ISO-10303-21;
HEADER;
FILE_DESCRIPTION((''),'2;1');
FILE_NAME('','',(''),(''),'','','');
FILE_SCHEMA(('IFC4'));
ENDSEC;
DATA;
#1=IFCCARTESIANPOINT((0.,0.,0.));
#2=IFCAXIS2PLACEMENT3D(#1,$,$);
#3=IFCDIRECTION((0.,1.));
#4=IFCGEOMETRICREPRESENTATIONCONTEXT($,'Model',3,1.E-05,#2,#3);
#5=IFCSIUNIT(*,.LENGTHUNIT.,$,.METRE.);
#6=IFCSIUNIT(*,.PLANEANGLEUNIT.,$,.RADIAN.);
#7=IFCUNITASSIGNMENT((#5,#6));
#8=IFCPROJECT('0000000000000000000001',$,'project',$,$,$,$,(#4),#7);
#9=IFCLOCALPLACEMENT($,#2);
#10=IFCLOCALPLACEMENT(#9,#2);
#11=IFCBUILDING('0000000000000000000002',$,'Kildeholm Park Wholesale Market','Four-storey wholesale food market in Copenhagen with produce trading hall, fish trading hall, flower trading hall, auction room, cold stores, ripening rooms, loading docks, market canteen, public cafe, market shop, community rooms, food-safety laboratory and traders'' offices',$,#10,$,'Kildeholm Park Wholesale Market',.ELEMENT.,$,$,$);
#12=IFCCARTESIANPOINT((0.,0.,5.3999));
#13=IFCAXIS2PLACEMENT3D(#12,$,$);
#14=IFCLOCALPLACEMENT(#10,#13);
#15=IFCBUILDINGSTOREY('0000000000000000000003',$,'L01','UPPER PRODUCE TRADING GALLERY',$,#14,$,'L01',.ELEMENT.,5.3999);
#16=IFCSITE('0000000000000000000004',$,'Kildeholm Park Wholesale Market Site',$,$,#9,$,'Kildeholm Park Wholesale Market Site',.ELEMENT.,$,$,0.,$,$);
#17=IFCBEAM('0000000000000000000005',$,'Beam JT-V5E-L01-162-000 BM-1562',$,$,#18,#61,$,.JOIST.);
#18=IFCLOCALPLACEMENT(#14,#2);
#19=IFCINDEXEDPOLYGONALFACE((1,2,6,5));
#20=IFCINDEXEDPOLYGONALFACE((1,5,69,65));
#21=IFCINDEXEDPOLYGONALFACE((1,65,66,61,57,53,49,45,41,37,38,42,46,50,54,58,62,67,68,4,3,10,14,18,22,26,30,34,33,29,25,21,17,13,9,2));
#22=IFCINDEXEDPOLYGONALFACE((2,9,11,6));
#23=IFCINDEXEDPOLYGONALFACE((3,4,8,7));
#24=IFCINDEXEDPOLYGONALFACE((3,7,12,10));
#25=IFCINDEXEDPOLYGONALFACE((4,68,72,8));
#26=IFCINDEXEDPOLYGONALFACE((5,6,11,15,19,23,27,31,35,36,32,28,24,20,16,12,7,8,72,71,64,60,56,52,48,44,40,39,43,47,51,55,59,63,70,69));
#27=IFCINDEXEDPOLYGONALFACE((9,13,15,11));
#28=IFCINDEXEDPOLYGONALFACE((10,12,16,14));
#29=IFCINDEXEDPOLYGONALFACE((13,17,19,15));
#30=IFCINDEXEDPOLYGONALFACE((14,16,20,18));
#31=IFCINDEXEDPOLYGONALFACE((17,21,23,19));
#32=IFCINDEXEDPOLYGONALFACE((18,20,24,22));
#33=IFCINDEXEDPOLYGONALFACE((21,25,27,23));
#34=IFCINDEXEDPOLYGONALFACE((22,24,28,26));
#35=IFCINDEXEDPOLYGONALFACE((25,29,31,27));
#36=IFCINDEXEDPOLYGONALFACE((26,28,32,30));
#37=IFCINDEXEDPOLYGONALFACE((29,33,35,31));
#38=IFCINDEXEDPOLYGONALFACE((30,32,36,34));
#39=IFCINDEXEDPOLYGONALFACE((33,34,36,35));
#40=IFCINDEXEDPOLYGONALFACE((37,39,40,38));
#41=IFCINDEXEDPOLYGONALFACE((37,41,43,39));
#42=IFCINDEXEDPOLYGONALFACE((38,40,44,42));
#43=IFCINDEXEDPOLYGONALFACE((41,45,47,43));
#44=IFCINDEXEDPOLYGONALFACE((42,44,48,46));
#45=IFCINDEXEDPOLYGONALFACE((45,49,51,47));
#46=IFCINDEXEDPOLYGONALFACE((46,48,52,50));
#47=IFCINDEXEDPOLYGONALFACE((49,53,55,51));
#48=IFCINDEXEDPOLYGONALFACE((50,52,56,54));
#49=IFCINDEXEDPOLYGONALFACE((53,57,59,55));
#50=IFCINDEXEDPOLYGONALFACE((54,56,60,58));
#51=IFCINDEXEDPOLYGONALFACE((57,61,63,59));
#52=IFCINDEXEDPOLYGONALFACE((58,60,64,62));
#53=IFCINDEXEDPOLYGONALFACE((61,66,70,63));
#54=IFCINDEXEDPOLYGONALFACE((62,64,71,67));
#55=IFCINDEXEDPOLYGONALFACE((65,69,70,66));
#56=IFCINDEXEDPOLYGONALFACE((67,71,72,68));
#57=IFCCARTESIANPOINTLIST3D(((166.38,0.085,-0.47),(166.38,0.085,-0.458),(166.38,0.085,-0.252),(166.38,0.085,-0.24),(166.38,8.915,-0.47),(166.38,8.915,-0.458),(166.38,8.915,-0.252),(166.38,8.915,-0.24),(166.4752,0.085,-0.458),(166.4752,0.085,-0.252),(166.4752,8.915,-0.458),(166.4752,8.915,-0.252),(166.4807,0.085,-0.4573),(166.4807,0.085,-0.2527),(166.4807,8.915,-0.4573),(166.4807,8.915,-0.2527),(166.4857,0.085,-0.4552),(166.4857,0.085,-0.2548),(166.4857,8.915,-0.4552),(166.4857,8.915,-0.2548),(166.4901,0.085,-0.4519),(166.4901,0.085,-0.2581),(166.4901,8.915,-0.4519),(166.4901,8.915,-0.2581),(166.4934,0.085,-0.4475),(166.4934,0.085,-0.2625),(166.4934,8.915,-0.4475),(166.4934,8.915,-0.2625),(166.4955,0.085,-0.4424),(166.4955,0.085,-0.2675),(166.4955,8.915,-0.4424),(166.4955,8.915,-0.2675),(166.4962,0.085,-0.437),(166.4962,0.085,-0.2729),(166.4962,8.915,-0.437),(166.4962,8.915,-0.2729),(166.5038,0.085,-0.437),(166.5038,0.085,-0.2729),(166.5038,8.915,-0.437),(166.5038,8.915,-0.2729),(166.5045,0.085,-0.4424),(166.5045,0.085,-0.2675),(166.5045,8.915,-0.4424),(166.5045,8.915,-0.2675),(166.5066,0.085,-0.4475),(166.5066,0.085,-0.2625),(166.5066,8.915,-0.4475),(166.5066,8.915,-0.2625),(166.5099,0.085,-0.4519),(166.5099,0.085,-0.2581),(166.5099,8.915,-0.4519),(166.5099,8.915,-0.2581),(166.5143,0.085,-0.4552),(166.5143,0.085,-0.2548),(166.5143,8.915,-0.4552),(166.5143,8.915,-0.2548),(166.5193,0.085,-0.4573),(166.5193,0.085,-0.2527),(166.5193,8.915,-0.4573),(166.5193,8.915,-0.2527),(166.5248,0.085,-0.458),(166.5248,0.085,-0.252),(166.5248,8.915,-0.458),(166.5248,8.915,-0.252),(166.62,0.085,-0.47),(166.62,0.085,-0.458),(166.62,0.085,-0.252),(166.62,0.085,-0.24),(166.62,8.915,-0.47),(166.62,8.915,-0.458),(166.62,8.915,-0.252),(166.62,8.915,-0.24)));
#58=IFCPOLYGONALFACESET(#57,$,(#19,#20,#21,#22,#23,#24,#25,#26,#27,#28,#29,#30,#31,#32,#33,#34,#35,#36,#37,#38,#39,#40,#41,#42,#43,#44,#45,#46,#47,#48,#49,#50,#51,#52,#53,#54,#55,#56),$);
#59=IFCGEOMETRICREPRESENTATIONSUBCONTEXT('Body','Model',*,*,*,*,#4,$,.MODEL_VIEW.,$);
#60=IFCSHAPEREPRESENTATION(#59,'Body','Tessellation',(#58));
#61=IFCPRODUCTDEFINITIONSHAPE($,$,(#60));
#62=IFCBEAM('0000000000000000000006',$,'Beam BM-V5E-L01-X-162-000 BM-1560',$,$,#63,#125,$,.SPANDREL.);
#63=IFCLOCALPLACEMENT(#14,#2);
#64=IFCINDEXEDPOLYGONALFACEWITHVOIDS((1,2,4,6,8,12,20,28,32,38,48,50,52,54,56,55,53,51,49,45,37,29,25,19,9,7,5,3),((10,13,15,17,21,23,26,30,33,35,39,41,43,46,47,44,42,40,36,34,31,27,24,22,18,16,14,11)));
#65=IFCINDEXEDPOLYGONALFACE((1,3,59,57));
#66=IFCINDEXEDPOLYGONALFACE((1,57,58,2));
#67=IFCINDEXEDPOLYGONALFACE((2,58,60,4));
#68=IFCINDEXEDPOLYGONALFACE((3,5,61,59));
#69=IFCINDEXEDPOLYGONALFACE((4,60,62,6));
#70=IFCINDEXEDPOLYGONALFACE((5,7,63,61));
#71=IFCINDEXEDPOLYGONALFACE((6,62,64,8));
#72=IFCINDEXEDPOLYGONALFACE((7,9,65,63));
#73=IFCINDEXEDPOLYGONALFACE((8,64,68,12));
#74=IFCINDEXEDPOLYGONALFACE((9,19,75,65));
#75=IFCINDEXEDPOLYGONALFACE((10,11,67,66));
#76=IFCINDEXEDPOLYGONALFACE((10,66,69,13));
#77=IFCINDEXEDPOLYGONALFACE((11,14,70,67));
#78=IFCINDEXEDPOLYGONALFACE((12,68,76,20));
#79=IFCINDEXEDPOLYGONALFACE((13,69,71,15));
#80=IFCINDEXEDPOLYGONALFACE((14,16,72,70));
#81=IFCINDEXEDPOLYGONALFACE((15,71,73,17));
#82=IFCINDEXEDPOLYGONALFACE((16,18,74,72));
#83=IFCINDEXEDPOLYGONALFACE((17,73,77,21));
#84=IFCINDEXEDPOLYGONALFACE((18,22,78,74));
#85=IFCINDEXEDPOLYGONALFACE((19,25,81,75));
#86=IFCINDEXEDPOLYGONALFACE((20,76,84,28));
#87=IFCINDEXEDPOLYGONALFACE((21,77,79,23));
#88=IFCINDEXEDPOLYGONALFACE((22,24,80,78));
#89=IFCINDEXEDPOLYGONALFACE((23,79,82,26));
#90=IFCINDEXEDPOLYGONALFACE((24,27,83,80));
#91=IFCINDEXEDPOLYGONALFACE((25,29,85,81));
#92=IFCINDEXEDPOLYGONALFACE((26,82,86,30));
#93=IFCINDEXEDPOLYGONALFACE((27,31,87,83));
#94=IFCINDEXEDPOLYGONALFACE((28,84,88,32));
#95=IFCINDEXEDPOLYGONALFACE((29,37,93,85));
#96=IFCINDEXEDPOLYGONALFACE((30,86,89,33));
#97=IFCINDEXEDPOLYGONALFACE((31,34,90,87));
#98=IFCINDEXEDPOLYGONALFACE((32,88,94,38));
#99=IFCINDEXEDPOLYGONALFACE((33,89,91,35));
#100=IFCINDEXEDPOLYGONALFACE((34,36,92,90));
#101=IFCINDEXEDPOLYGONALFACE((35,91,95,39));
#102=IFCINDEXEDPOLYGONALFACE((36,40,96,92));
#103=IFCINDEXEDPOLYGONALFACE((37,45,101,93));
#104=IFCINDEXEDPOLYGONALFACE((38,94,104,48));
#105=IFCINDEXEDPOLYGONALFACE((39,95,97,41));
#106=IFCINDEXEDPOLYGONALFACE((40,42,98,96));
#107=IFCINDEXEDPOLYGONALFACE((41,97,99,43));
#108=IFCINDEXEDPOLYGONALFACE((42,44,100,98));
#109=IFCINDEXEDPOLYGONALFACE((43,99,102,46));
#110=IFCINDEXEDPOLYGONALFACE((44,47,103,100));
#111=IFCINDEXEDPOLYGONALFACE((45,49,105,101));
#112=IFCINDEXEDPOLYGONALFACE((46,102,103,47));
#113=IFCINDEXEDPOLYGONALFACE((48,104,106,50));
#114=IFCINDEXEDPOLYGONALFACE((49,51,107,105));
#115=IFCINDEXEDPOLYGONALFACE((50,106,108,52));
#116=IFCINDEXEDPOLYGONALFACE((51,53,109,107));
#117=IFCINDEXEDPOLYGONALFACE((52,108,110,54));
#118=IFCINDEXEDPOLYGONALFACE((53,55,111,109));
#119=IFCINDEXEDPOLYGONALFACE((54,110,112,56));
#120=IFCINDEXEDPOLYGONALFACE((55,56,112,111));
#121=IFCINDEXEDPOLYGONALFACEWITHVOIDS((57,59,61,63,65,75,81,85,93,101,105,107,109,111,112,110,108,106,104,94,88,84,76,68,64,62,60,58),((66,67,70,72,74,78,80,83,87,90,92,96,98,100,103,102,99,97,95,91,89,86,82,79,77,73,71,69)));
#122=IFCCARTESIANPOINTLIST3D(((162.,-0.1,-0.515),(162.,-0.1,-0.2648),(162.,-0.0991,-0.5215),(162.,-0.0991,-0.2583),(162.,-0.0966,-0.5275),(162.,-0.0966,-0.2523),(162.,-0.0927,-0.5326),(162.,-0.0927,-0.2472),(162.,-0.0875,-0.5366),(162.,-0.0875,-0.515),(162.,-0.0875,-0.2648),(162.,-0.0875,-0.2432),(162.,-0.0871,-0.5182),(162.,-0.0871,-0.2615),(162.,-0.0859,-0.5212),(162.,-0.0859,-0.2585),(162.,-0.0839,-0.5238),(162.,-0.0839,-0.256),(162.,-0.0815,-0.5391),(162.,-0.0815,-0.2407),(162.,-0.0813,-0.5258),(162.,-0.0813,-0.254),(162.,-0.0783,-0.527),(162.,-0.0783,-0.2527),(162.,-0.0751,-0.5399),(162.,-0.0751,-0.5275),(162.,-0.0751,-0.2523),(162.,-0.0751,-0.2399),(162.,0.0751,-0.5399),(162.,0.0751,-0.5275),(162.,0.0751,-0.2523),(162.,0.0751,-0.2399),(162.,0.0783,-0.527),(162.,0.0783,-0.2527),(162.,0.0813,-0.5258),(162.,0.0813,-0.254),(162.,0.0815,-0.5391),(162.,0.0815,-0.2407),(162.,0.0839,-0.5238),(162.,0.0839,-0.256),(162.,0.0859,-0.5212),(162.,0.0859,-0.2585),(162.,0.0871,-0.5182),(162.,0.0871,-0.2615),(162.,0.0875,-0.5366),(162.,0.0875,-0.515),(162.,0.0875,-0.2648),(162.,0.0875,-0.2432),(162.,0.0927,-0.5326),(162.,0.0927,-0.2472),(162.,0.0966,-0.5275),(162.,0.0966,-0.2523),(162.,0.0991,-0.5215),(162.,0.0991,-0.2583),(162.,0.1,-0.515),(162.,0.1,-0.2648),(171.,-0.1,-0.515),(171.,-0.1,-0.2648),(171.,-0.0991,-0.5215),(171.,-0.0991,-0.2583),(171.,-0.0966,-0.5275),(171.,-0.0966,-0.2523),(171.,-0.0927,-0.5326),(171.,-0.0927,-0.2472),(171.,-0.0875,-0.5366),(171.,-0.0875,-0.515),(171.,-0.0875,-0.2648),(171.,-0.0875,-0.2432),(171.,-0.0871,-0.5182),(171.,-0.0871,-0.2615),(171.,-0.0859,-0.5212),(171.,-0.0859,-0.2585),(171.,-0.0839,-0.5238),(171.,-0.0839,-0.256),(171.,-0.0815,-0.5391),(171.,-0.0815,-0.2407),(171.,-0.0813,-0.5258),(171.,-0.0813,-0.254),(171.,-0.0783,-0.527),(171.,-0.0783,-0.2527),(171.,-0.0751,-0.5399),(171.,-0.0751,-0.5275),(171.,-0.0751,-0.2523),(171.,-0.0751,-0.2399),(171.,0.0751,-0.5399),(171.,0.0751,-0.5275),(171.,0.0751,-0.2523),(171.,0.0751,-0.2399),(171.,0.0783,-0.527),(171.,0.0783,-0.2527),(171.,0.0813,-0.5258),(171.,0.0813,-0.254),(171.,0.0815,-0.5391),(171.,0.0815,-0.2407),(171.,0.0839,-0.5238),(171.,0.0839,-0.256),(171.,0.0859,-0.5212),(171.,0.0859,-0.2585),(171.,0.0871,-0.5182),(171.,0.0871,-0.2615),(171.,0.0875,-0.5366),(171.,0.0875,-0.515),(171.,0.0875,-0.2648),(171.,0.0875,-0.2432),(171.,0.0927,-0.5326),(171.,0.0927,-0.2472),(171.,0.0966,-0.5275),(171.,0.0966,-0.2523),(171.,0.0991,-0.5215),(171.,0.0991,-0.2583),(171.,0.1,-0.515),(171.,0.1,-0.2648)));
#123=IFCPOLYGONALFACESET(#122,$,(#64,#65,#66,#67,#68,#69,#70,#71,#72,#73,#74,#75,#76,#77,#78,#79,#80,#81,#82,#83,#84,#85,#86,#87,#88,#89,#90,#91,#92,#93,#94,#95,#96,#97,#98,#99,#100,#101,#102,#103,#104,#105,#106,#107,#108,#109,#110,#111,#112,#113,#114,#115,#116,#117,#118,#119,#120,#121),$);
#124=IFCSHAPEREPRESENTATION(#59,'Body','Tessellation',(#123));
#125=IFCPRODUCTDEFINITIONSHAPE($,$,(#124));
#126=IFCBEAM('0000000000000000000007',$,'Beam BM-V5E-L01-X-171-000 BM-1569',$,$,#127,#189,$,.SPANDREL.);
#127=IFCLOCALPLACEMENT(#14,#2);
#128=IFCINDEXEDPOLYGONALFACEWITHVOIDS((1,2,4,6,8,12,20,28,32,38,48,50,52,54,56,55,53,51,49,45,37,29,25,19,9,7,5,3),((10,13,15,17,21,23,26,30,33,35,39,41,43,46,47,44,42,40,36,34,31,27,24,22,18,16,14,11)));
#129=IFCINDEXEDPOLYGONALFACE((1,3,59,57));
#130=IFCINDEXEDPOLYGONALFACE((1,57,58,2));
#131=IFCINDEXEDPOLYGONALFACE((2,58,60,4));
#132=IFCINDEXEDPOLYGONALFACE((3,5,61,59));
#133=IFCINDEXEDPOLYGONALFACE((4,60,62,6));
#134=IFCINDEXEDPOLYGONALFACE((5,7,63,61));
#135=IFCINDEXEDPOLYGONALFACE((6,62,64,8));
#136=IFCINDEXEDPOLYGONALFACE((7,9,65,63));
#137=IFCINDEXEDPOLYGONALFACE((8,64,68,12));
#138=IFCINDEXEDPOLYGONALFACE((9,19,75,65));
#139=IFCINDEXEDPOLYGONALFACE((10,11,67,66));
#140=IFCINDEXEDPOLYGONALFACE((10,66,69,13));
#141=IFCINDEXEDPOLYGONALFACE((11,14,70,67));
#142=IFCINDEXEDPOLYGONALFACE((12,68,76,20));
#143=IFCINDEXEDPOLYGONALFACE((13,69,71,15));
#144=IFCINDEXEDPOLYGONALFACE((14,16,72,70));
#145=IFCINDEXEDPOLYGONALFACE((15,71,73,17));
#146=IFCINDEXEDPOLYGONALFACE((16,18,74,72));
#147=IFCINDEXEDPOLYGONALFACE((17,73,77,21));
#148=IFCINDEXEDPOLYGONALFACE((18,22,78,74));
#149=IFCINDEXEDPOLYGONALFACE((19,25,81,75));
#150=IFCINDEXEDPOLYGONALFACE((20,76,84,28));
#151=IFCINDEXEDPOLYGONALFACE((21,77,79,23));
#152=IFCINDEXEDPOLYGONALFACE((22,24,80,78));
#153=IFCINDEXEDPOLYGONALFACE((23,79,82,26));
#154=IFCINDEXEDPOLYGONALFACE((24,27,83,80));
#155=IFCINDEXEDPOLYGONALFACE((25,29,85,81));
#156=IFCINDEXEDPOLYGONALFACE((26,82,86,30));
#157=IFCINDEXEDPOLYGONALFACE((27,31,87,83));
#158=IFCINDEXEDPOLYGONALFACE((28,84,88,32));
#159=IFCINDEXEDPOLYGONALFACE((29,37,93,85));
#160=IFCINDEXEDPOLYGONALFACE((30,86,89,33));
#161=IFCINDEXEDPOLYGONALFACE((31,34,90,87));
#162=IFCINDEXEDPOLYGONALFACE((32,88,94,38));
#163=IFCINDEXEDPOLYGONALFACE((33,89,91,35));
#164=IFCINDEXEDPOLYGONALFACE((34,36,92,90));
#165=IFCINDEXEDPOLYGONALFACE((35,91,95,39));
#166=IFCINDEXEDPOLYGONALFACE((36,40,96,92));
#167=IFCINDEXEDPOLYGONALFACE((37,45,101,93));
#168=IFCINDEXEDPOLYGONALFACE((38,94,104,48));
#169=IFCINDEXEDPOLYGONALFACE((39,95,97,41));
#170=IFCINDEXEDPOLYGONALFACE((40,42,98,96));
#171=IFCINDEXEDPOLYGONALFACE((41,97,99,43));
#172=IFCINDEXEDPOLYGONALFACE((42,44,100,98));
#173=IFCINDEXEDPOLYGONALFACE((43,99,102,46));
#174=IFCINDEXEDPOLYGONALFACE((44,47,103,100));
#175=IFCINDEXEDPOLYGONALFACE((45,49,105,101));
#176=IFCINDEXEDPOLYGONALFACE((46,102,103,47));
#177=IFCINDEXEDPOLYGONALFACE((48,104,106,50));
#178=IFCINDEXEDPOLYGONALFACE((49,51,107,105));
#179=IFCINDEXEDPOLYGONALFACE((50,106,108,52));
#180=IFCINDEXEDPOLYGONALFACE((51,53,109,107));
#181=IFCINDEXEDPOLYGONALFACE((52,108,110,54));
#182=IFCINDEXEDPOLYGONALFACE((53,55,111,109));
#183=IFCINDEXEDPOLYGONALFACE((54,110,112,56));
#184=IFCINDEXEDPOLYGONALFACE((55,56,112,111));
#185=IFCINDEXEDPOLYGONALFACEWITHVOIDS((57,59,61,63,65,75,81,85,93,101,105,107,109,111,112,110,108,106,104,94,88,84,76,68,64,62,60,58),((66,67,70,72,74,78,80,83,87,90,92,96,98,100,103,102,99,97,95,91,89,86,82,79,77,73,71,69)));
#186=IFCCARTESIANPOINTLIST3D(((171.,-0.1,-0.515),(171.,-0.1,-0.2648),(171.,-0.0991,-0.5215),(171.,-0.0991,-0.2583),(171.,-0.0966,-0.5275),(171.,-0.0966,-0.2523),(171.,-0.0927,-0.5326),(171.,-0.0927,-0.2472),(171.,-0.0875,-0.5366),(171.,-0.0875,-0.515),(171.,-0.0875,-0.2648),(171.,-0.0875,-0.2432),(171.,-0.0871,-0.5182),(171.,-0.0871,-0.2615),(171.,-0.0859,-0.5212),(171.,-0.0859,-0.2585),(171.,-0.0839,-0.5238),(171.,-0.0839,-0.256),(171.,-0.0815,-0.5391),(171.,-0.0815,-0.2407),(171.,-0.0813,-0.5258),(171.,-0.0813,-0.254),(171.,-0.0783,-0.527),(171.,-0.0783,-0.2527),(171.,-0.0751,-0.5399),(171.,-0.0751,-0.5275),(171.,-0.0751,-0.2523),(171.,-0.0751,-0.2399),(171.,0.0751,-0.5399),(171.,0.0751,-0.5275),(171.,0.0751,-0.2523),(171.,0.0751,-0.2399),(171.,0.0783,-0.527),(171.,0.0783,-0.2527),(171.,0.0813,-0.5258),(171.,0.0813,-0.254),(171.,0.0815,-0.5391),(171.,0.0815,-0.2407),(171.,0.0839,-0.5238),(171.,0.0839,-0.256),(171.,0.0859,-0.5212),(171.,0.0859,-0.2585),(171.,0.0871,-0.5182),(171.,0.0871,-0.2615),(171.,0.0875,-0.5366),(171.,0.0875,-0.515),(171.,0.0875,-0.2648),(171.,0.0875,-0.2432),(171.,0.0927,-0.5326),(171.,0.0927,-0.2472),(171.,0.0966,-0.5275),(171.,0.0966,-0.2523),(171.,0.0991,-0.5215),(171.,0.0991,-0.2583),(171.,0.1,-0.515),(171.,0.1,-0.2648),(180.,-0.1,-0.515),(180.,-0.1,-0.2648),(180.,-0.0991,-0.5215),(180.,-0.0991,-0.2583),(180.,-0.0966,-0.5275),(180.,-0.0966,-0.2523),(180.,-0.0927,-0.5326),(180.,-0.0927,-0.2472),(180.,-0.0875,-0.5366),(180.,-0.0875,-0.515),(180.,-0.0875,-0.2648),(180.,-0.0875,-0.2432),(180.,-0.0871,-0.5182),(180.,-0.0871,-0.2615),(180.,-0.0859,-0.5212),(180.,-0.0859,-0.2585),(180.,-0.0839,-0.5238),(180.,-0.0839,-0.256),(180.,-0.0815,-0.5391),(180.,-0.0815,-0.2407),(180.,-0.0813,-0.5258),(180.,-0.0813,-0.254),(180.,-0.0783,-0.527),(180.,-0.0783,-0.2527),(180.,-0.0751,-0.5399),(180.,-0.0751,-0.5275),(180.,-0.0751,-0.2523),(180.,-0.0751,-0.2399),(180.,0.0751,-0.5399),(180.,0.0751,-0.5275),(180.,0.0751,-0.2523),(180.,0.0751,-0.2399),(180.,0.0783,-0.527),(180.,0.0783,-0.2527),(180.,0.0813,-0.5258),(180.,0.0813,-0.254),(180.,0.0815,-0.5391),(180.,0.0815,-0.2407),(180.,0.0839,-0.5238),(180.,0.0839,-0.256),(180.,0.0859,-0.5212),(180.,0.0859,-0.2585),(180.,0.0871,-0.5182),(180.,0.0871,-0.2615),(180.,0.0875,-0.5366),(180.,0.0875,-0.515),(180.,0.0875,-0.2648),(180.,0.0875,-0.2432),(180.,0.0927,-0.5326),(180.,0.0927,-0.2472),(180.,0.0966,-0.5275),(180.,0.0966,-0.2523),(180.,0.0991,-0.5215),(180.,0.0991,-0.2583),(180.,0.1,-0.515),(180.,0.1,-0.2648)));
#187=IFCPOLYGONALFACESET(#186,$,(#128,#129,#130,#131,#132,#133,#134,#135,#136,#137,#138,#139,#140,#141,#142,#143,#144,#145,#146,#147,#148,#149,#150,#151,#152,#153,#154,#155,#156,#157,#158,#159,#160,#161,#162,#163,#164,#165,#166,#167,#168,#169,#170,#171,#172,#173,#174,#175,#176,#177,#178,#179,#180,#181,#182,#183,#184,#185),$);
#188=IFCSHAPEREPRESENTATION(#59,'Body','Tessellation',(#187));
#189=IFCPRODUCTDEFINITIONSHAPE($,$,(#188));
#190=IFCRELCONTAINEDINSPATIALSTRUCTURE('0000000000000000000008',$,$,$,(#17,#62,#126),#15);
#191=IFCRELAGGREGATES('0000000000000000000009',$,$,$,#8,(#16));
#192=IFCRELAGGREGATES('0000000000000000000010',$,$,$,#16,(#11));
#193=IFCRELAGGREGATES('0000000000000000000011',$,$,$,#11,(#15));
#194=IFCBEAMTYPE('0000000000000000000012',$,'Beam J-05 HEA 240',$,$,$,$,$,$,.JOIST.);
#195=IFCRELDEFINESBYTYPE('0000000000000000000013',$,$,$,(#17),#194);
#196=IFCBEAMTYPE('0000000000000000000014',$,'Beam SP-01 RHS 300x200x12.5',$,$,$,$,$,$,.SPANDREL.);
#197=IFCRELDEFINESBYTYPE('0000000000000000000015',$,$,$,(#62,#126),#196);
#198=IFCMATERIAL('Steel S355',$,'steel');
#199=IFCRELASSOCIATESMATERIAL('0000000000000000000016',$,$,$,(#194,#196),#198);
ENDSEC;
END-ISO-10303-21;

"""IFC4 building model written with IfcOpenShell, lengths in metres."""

from ifc_helpers import new_model, si_unit, direction, frame, origin, origin_2d, place, context, subcontext, project, spatial, hollow_rectangle, i_section, extrude, material, material_profile, profile_set, type_object, element, save


model = new_model("IFC4")

# Units and contexts
model_context = context("Model", 3, precision=1e-05, world=origin(), true_north=direction((0.0, 1.0)))
body_context = subcontext(model_context, "Body", "Model", "MODEL_VIEW")
ifc_project = project(units=[si_unit("LENGTHUNIT", "METRE"), si_unit("PLANEANGLEUNIT", "RADIAN")], contexts=[model_context])

# Site, building, storey
site_placement = place(None, origin())
site = spatial("IfcSite", under=ifc_project, at=site_placement, Name="Kildeholm Park Wholesale Market Site", LongName="Kildeholm Park Wholesale Market Site", CompositionType="ELEMENT", RefElevation=0.0)
building_placement = place(site_placement, origin())
building = spatial("IfcBuilding", under=site, at=building_placement, Name="Kildeholm Park Wholesale Market", Description="Four-storey wholesale food market in Copenhagen with produce trading hall, fish trading hall, flower trading hall, auction room, cold stores, ripening rooms, loading docks, market canteen, public cafe, market shop, community rooms, food-safety laboratory and traders' offices", LongName="Kildeholm Park Wholesale Market", CompositionType="ELEMENT")
storey_placement = place(building_placement, frame((0.0, 0.0, 5.3999)))
storey = spatial("IfcBuildingStorey", under=building, at=storey_placement, Name="L01", Description="UPPER PRODUCE TRADING GALLERY", LongName="L01", CompositionType="ELEMENT", Elevation=5.3999)

# Shared definitions
ifc_material_1 = material(Name="Steel S355", Category="steel")

# Beams
ifc_material_profile_1 = material_profile(ifc_material_1, i_section(OverallWidth=0.24, OverallDepth=0.23, WebThickness=0.0076, FlangeThickness=0.012, FilletRadius=0.021, at=origin_2d()), Name="HEA 240")
ifc_profile_set_1 = profile_set([ifc_material_profile_1], Name="Steel S355")
beam_type_1 = type_object("IfcBeamType", Name="Beam J-05 HEA 240", PredefinedType="JOIST", material=ifc_profile_set_1)
beam_placement = place(storey_placement, frame((166.5, 0.085, -0.355), z_axis=(0.0, 1.0, 0.0), x_axis=(-1.0, 0.0, 0.0)))
element("IfcBeam", 1, at=beam_placement, inside=storey, type_object=beam_type_1, Name="Beam JT-V5E-L01-162-000 BM-1562", PredefinedType="JOIST", context=body_context, shape_type="SweptSolid", body=[
    extrude(i_section(OverallWidth=0.24, OverallDepth=0.23, WebThickness=0.0076, FlangeThickness=0.012, FilletRadius=0.021, at=origin_2d()), origin(), (0.0, 0.0, 1.0), 8.8301),
])
ifc_material_profile_2 = material_profile(ifc_material_1, hollow_rectangle(XDim=0.2, YDim=0.3, WallThickness=0.0125, InnerFilletRadius=0.0125, OuterFilletRadius=0.0249, at=origin_2d()), Name="RHS 300x200x12.5")
ifc_profile_set_2 = profile_set([ifc_material_profile_2], Name="Steel S355")
beam_type_2 = type_object("IfcBeamType", Name="Beam SP-01 RHS 300x200x12.5", PredefinedType="SPANDREL", material=ifc_profile_set_2)
for number, where, z_axis, x_axis, name in (
    (2, (162.0, 0.0, -0.3899), (1.0, 0.0, 0.0), (0.0, 1.0, 0.0), "Beam BM-V5E-L01-X-162-000 BM-1560"),
    (3, (171.0, 0.0, -0.3899), (1.0, 0.0, 0.0), (0.0, 1.0, 0.0), "Beam BM-V5E-L01-X-171-000 BM-1569"),
):
    element("IfcBeam", number, at=place(storey_placement, frame(where, z_axis=z_axis, x_axis=x_axis)), inside=storey, type_object=beam_type_2, Name=name, PredefinedType="SPANDREL", context=body_context, shape_type="SweptSolid", body=[
        extrude(hollow_rectangle(XDim=0.2, YDim=0.3, WallThickness=0.0125, InnerFilletRadius=0.0125, OuterFilletRadius=0.0249, at=origin_2d()), origin(), (0.0, 0.0, 1.0), 9.0),
    ])

save(model, "model.ifc")
